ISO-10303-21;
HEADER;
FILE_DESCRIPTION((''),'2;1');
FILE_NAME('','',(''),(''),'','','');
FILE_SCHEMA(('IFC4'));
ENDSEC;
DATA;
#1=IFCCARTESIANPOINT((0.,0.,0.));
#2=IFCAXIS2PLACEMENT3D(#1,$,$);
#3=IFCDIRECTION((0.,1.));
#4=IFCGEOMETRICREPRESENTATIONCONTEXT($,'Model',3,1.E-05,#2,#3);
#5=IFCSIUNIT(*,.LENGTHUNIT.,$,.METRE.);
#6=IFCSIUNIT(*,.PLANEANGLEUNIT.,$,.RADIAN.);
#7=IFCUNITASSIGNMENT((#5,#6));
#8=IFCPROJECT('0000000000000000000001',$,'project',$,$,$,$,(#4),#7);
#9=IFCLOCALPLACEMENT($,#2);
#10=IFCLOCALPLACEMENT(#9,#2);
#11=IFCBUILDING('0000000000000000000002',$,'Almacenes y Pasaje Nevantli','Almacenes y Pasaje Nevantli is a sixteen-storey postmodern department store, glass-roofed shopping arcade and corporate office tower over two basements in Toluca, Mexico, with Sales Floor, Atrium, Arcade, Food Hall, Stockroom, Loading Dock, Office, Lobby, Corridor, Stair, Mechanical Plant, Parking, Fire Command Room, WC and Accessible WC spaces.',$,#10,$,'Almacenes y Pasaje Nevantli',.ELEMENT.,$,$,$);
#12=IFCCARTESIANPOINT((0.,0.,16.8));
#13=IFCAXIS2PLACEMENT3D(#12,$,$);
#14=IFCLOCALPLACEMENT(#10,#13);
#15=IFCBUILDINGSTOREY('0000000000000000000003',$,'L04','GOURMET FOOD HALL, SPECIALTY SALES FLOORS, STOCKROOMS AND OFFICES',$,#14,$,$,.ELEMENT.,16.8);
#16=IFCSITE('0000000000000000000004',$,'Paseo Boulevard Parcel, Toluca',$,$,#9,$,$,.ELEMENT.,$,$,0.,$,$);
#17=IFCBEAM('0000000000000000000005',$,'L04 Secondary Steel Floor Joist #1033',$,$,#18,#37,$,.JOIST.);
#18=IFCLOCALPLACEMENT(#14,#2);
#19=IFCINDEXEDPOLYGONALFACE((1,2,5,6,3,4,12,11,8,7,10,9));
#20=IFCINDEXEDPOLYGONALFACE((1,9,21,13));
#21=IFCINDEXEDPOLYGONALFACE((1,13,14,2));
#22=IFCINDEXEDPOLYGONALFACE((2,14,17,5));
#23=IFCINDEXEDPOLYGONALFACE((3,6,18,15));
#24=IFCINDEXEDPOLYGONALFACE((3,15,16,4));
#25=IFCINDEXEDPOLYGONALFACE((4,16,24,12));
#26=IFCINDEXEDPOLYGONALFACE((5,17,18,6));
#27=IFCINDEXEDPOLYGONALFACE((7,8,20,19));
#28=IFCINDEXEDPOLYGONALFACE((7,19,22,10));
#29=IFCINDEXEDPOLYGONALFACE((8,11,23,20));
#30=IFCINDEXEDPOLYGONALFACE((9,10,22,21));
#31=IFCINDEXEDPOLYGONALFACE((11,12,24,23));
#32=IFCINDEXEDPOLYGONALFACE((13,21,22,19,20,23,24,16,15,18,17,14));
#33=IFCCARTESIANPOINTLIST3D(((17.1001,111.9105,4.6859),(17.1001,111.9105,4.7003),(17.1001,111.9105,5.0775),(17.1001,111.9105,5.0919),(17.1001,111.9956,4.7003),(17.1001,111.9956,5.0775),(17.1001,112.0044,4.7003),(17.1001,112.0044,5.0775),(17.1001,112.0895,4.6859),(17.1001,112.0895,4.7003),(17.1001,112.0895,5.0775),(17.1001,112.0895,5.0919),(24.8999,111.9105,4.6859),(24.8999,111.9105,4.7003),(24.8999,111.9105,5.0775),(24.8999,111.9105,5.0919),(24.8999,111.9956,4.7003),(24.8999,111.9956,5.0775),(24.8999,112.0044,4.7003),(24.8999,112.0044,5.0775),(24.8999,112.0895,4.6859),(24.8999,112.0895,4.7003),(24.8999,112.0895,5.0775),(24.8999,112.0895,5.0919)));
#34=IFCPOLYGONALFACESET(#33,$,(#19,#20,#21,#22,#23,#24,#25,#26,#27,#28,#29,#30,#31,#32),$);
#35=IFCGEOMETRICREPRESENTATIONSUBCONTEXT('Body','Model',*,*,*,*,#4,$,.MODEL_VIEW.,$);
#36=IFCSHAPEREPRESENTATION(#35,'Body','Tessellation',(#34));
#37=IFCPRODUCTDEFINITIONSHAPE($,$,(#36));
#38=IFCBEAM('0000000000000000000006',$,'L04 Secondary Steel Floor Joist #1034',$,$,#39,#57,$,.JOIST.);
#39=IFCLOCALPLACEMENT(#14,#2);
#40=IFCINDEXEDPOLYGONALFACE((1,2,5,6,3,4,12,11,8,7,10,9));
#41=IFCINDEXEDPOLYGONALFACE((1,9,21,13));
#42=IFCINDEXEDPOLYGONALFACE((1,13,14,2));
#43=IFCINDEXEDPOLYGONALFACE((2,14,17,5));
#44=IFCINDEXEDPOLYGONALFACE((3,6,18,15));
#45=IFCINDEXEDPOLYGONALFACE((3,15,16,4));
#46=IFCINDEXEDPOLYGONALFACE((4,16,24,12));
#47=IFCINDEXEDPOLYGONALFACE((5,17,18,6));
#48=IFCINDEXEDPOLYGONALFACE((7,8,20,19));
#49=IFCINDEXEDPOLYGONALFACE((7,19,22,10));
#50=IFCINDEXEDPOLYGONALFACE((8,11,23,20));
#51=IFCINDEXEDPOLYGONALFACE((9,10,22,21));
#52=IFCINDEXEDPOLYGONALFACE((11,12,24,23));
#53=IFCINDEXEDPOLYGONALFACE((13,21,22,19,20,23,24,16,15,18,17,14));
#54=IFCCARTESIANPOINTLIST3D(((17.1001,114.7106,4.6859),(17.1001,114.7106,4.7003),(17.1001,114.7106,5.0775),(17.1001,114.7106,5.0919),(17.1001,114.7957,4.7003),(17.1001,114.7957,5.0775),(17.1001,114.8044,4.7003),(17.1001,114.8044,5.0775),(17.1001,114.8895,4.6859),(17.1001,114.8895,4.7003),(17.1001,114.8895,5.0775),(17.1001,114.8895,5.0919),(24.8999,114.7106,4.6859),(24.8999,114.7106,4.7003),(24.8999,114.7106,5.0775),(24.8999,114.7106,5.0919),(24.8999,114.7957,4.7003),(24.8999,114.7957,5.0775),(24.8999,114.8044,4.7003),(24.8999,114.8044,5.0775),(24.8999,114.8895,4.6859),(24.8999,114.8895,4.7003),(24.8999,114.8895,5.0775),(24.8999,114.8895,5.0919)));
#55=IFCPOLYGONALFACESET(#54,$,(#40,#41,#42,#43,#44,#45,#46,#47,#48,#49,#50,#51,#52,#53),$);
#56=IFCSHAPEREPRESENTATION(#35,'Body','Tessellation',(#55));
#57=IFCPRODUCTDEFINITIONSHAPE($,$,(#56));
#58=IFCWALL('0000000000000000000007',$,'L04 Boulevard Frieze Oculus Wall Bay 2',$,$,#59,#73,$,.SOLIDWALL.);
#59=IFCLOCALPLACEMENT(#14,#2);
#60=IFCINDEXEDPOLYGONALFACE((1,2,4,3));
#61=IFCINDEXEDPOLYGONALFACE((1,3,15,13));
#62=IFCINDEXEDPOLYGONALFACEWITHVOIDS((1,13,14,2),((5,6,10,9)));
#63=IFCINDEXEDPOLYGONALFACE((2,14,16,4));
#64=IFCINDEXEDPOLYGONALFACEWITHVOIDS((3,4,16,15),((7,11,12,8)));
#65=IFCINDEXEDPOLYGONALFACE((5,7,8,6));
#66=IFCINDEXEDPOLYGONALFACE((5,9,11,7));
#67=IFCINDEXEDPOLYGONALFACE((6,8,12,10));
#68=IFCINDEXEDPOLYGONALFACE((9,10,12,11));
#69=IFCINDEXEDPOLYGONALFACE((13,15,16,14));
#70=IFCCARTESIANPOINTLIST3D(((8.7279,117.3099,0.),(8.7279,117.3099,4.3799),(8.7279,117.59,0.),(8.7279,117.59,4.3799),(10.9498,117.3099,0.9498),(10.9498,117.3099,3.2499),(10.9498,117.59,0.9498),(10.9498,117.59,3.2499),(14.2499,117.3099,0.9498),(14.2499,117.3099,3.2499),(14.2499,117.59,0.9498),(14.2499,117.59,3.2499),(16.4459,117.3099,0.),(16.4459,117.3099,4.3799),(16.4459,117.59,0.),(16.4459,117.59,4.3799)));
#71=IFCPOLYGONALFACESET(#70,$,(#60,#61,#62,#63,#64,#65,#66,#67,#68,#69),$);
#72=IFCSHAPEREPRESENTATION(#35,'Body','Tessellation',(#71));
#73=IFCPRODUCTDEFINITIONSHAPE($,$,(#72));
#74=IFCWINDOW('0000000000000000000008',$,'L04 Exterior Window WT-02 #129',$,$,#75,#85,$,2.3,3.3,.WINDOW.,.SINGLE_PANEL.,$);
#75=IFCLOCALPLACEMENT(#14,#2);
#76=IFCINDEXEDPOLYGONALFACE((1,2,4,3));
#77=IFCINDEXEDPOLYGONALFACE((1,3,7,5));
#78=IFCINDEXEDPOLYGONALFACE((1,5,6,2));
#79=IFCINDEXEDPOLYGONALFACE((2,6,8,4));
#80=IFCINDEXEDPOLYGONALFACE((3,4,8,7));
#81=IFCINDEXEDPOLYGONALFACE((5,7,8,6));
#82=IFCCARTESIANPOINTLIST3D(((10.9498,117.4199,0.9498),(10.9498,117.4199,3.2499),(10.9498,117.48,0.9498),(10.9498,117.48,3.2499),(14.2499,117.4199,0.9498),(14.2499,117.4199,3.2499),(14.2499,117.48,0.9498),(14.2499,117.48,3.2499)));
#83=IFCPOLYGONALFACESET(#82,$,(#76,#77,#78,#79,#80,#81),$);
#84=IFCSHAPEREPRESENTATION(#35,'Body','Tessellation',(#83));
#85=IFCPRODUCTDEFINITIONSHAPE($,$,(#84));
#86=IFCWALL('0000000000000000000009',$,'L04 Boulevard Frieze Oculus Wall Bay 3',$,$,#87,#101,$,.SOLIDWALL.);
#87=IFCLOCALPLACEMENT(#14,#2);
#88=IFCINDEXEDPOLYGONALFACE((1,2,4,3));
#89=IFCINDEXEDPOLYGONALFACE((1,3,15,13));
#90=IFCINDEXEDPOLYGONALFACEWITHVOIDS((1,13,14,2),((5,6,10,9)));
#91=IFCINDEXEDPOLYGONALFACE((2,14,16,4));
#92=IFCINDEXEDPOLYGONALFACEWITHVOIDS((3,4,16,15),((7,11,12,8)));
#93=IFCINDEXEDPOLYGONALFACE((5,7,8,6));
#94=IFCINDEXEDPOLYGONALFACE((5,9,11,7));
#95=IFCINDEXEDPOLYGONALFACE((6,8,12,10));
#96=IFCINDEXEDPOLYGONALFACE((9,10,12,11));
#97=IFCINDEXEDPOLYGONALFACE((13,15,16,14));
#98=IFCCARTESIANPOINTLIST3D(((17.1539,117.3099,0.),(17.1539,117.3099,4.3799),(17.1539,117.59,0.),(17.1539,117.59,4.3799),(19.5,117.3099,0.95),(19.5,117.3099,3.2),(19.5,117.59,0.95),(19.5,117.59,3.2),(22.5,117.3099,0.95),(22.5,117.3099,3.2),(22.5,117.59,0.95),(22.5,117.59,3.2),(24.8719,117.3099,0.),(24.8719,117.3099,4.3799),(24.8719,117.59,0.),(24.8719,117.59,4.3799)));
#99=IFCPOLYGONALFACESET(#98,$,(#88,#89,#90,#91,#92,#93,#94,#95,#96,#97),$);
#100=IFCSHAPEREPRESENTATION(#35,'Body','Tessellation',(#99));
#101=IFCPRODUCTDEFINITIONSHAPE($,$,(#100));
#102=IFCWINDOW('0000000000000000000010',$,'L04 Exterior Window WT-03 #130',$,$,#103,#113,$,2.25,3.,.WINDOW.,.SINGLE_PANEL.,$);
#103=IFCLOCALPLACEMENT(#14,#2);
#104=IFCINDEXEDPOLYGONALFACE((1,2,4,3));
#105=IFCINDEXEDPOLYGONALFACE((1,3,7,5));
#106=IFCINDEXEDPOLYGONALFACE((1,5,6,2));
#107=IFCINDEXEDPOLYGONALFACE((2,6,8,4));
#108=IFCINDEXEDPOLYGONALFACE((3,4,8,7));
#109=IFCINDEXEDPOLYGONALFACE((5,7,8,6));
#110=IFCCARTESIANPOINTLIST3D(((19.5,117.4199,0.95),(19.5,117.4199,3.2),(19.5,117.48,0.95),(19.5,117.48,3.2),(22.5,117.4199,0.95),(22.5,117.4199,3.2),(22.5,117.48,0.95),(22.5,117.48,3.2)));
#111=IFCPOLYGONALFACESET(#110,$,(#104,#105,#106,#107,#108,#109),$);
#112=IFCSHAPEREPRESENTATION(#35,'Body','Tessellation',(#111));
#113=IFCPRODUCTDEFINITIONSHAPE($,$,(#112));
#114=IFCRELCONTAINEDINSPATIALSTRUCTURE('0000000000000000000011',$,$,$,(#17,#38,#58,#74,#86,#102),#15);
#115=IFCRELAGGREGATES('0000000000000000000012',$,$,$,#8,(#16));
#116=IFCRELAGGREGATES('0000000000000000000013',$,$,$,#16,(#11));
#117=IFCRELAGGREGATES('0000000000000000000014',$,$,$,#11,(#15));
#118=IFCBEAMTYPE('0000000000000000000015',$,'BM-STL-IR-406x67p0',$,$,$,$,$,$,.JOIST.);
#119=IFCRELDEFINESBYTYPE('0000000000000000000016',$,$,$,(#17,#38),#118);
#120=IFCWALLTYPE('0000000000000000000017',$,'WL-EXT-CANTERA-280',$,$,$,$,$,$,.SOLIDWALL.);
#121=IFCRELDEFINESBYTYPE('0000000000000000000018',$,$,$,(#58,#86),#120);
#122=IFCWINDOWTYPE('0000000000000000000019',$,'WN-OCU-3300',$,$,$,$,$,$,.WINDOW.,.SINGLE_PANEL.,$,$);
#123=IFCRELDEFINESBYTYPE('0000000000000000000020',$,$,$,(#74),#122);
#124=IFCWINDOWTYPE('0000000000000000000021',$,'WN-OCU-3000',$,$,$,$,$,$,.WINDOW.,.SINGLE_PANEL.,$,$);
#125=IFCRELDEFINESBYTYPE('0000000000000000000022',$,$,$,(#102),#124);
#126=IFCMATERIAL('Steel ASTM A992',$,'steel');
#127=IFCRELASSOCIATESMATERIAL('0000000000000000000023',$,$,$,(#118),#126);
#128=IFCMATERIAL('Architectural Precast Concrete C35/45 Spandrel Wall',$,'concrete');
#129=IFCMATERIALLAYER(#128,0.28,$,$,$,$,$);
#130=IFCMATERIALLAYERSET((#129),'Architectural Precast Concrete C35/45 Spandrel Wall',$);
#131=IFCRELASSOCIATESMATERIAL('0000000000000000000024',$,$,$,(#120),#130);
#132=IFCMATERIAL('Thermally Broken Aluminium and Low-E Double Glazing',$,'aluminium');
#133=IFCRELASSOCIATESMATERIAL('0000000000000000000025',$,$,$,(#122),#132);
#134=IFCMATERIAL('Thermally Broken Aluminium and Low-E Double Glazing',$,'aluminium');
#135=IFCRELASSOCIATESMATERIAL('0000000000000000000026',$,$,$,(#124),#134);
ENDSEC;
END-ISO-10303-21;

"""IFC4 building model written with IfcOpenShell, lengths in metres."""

from ifc_helpers import new_model, si_unit, direction, frame, frame_2d, origin, origin_2d, place, context, subcontext, project, spatial, rectangle, i_section, extrude, material, layer, layer_set, material_profile, profile_set, type_object, element, fill, save


model = new_model("IFC4")

# Units and contexts
model_context = context("Model", 3, precision=1e-05, world=origin(), true_north=direction((0.0, 1.0)))
body_context = subcontext(model_context, "Body", "Model", "MODEL_VIEW")
ifc_project = project(units=[si_unit("LENGTHUNIT", "METRE"), si_unit("PLANEANGLEUNIT", "RADIAN")], contexts=[model_context])

# Site, building, storey
site_placement = place(None, origin())
site = spatial("IfcSite", under=ifc_project, at=site_placement, Name="Paseo Boulevard Parcel, Toluca", CompositionType="ELEMENT", RefElevation=0.0)
building_placement = place(site_placement, origin())
building = spatial("IfcBuilding", under=site, at=building_placement, Name="Almacenes y Pasaje Nevantli", Description="Almacenes y Pasaje Nevantli is a sixteen-storey postmodern department store, glass-roofed shopping arcade and corporate office tower over two basements in Toluca, Mexico, with Sales Floor, Atrium, Arcade, Food Hall, Stockroom, Loading Dock, Office, Lobby, Corridor, Stair, Mechanical Plant, Parking, Fire Command Room, WC and Accessible WC spaces.", LongName="Almacenes y Pasaje Nevantli", CompositionType="ELEMENT")
storey_placement = place(building_placement, frame((0.0, 0.0, 16.8)))
storey = spatial("IfcBuildingStorey", under=building, at=storey_placement, Name="L04", Description="GOURMET FOOD HALL, SPECIALTY SALES FLOORS, STOCKROOMS AND OFFICES", CompositionType="ELEMENT", Elevation=16.8)

# Beams
ifc_material_1 = material(Name="Steel ASTM A992", Category="steel")
ifc_material_profile_1 = material_profile(ifc_material_1, i_section(OverallWidth=0.179, OverallDepth=0.406, WebThickness=0.0088, FlangeThickness=0.0144, at=origin_2d()), Name="IR 406x67.0")
ifc_profile_set_1 = profile_set([ifc_material_profile_1], Name="Steel ASTM A992")
beam_type_1 = type_object("IfcBeamType", Name="BM-STL-IR-406x67p0", PredefinedType="JOIST", material=ifc_profile_set_1)
for number, where, z_axis, x_axis, name in (
    (1, (17.1001, 112.0, 4.8889), (1.0, 0.0, 0.0), (0.0, 1.0, 0.0), "L04 Secondary Steel Floor Joist #1033"),
    (2, (17.1001, 114.8, 4.8889), (1.0, 0.0, 0.0), (0.0, 1.0, 0.0), "L04 Secondary Steel Floor Joist #1034"),
):
    element("IfcBeam", number, at=place(storey_placement, frame(where, z_axis=z_axis, x_axis=x_axis)), inside=storey, type_object=beam_type_1, Name=name, PredefinedType="JOIST", context=body_context, shape_type="SweptSolid", body=[
        extrude(i_section(OverallWidth=0.179, OverallDepth=0.406, WebThickness=0.0088, FlangeThickness=0.0144, at=origin_2d()), origin(), (0.0, 0.0, 1.0), 7.7998),
    ])

# Walls, openings, windows
ifc_material_2 = material(Name="Architectural Precast Concrete C35/45 Spandrel Wall", Category="concrete")
ifc_layer = layer(ifc_material_2, 0.28)
ifc_layer_set = layer_set([ifc_layer], Name="Architectural Precast Concrete C35/45 Spandrel Wall")
wall_type = type_object("IfcWallType", Name="WL-EXT-CANTERA-280", PredefinedType="SOLIDWALL", material=ifc_layer_set)
wall_1_placement = place(storey_placement, frame((8.728, 117.45, 0.0), z_axis=(0.0, 0.0, 1.0), x_axis=(1.0, 0.0, 0.0)))
wall_1 = element("IfcWall", 3, at=wall_1_placement, inside=storey, type_object=wall_type, Name="L04 Boulevard Frieze Oculus Wall Bay 2", PredefinedType="SOLIDWALL", context=body_context, shape_type="SweptSolid", body=[
    extrude(rectangle(XDim=7.718, YDim=0.28, at=frame_2d((3.8589, 0.0))), origin(), (0.0, 0.0, 1.0), 4.3799),
])
opening_1_placement = place(wall_1_placement, frame((2.2219, 0.0, 0.95)))
opening_1 = element("IfcOpeningElement", 4, at=opening_1_placement, cuts=wall_1, PredefinedType="OPENING", context=body_context, shape_type="SweptSolid", body=[
    extrude(rectangle(XDim=3.3, YDim=2.3, at=frame_2d((1.6499, 1.1499))), frame((0.0, 0.1499, 0.0), z_axis=(0.0, -1.0, 0.0), x_axis=(1.0, 0.0, 0.0)), (0.0, 0.0, 1.0), 0.3),
])
ifc_material_3 = material(Name="Thermally Broken Aluminium and Low-E Double Glazing", Category="aluminium")
window_type_1 = type_object("IfcWindowType", Name="WN-OCU-3300", PartitioningType="SINGLE_PANEL", PredefinedType="WINDOW", material=ifc_material_3)
window_1_placement = place(opening_1_placement, origin())
window_1 = element("IfcWindow", 5, at=window_1_placement, inside=storey, type_object=window_type_1, Name="L04 Exterior Window WT-02 #129", OverallHeight=2.3, OverallWidth=3.3, PartitioningType="SINGLE_PANEL", PredefinedType="WINDOW", context=body_context, shape_type="SweptSolid", body=[
    extrude(rectangle(XDim=3.3, YDim=2.3, at=frame_2d((1.6499, 1.1499))), frame((0.0, 0.03, 0.0), z_axis=(0.0, -1.0, 0.0), x_axis=(1.0, 0.0, 0.0)), (0.0, 0.0, 1.0), 0.0601),
])
fill(opening_1, window_1)
wall_2_placement = place(storey_placement, frame((17.1541, 117.45, 0.0), z_axis=(0.0, 0.0, 1.0), x_axis=(1.0, 0.0, 0.0)))
wall_2 = element("IfcWall", 6, at=wall_2_placement, inside=storey, type_object=wall_type, Name="L04 Boulevard Frieze Oculus Wall Bay 3", PredefinedType="SOLIDWALL", context=body_context, shape_type="SweptSolid", body=[
    extrude(rectangle(XDim=7.718, YDim=0.28, at=frame_2d((3.8589, 0.0))), origin(), (0.0, 0.0, 1.0), 4.3799),
])
opening_2_placement = place(wall_2_placement, frame((2.3459, 0.0, 0.95)))
opening_2 = element("IfcOpeningElement", 7, at=opening_2_placement, cuts=wall_2, PredefinedType="OPENING", context=body_context, shape_type="SweptSolid", body=[
    extrude(rectangle(XDim=3.0, YDim=2.25, at=frame_2d((1.5, 1.125))), frame((0.0, 0.1499, 0.0), z_axis=(0.0, -1.0, 0.0), x_axis=(1.0, 0.0, 0.0)), (0.0, 0.0, 1.0), 0.3),
])
ifc_material_4 = material(Name="Thermally Broken Aluminium and Low-E Double Glazing", Category="aluminium")
window_type_2 = type_object("IfcWindowType", Name="WN-OCU-3000", PartitioningType="SINGLE_PANEL", PredefinedType="WINDOW", material=ifc_material_4)
window_2_placement = place(opening_2_placement, origin())
window_2 = element("IfcWindow", 8, at=window_2_placement, inside=storey, type_object=window_type_2, Name="L04 Exterior Window WT-03 #130", OverallHeight=2.25, OverallWidth=3.0, PartitioningType="SINGLE_PANEL", PredefinedType="WINDOW", context=body_context, shape_type="SweptSolid", body=[
    extrude(rectangle(XDim=3.0, YDim=2.25, at=frame_2d((1.5, 1.125))), frame((0.0, 0.03, 0.0), z_axis=(0.0, -1.0, 0.0), x_axis=(1.0, 0.0, 0.0)), (0.0, 0.0, 1.0), 0.0601),
])
fill(opening_2, window_2)

save(model, "model.ifc")
